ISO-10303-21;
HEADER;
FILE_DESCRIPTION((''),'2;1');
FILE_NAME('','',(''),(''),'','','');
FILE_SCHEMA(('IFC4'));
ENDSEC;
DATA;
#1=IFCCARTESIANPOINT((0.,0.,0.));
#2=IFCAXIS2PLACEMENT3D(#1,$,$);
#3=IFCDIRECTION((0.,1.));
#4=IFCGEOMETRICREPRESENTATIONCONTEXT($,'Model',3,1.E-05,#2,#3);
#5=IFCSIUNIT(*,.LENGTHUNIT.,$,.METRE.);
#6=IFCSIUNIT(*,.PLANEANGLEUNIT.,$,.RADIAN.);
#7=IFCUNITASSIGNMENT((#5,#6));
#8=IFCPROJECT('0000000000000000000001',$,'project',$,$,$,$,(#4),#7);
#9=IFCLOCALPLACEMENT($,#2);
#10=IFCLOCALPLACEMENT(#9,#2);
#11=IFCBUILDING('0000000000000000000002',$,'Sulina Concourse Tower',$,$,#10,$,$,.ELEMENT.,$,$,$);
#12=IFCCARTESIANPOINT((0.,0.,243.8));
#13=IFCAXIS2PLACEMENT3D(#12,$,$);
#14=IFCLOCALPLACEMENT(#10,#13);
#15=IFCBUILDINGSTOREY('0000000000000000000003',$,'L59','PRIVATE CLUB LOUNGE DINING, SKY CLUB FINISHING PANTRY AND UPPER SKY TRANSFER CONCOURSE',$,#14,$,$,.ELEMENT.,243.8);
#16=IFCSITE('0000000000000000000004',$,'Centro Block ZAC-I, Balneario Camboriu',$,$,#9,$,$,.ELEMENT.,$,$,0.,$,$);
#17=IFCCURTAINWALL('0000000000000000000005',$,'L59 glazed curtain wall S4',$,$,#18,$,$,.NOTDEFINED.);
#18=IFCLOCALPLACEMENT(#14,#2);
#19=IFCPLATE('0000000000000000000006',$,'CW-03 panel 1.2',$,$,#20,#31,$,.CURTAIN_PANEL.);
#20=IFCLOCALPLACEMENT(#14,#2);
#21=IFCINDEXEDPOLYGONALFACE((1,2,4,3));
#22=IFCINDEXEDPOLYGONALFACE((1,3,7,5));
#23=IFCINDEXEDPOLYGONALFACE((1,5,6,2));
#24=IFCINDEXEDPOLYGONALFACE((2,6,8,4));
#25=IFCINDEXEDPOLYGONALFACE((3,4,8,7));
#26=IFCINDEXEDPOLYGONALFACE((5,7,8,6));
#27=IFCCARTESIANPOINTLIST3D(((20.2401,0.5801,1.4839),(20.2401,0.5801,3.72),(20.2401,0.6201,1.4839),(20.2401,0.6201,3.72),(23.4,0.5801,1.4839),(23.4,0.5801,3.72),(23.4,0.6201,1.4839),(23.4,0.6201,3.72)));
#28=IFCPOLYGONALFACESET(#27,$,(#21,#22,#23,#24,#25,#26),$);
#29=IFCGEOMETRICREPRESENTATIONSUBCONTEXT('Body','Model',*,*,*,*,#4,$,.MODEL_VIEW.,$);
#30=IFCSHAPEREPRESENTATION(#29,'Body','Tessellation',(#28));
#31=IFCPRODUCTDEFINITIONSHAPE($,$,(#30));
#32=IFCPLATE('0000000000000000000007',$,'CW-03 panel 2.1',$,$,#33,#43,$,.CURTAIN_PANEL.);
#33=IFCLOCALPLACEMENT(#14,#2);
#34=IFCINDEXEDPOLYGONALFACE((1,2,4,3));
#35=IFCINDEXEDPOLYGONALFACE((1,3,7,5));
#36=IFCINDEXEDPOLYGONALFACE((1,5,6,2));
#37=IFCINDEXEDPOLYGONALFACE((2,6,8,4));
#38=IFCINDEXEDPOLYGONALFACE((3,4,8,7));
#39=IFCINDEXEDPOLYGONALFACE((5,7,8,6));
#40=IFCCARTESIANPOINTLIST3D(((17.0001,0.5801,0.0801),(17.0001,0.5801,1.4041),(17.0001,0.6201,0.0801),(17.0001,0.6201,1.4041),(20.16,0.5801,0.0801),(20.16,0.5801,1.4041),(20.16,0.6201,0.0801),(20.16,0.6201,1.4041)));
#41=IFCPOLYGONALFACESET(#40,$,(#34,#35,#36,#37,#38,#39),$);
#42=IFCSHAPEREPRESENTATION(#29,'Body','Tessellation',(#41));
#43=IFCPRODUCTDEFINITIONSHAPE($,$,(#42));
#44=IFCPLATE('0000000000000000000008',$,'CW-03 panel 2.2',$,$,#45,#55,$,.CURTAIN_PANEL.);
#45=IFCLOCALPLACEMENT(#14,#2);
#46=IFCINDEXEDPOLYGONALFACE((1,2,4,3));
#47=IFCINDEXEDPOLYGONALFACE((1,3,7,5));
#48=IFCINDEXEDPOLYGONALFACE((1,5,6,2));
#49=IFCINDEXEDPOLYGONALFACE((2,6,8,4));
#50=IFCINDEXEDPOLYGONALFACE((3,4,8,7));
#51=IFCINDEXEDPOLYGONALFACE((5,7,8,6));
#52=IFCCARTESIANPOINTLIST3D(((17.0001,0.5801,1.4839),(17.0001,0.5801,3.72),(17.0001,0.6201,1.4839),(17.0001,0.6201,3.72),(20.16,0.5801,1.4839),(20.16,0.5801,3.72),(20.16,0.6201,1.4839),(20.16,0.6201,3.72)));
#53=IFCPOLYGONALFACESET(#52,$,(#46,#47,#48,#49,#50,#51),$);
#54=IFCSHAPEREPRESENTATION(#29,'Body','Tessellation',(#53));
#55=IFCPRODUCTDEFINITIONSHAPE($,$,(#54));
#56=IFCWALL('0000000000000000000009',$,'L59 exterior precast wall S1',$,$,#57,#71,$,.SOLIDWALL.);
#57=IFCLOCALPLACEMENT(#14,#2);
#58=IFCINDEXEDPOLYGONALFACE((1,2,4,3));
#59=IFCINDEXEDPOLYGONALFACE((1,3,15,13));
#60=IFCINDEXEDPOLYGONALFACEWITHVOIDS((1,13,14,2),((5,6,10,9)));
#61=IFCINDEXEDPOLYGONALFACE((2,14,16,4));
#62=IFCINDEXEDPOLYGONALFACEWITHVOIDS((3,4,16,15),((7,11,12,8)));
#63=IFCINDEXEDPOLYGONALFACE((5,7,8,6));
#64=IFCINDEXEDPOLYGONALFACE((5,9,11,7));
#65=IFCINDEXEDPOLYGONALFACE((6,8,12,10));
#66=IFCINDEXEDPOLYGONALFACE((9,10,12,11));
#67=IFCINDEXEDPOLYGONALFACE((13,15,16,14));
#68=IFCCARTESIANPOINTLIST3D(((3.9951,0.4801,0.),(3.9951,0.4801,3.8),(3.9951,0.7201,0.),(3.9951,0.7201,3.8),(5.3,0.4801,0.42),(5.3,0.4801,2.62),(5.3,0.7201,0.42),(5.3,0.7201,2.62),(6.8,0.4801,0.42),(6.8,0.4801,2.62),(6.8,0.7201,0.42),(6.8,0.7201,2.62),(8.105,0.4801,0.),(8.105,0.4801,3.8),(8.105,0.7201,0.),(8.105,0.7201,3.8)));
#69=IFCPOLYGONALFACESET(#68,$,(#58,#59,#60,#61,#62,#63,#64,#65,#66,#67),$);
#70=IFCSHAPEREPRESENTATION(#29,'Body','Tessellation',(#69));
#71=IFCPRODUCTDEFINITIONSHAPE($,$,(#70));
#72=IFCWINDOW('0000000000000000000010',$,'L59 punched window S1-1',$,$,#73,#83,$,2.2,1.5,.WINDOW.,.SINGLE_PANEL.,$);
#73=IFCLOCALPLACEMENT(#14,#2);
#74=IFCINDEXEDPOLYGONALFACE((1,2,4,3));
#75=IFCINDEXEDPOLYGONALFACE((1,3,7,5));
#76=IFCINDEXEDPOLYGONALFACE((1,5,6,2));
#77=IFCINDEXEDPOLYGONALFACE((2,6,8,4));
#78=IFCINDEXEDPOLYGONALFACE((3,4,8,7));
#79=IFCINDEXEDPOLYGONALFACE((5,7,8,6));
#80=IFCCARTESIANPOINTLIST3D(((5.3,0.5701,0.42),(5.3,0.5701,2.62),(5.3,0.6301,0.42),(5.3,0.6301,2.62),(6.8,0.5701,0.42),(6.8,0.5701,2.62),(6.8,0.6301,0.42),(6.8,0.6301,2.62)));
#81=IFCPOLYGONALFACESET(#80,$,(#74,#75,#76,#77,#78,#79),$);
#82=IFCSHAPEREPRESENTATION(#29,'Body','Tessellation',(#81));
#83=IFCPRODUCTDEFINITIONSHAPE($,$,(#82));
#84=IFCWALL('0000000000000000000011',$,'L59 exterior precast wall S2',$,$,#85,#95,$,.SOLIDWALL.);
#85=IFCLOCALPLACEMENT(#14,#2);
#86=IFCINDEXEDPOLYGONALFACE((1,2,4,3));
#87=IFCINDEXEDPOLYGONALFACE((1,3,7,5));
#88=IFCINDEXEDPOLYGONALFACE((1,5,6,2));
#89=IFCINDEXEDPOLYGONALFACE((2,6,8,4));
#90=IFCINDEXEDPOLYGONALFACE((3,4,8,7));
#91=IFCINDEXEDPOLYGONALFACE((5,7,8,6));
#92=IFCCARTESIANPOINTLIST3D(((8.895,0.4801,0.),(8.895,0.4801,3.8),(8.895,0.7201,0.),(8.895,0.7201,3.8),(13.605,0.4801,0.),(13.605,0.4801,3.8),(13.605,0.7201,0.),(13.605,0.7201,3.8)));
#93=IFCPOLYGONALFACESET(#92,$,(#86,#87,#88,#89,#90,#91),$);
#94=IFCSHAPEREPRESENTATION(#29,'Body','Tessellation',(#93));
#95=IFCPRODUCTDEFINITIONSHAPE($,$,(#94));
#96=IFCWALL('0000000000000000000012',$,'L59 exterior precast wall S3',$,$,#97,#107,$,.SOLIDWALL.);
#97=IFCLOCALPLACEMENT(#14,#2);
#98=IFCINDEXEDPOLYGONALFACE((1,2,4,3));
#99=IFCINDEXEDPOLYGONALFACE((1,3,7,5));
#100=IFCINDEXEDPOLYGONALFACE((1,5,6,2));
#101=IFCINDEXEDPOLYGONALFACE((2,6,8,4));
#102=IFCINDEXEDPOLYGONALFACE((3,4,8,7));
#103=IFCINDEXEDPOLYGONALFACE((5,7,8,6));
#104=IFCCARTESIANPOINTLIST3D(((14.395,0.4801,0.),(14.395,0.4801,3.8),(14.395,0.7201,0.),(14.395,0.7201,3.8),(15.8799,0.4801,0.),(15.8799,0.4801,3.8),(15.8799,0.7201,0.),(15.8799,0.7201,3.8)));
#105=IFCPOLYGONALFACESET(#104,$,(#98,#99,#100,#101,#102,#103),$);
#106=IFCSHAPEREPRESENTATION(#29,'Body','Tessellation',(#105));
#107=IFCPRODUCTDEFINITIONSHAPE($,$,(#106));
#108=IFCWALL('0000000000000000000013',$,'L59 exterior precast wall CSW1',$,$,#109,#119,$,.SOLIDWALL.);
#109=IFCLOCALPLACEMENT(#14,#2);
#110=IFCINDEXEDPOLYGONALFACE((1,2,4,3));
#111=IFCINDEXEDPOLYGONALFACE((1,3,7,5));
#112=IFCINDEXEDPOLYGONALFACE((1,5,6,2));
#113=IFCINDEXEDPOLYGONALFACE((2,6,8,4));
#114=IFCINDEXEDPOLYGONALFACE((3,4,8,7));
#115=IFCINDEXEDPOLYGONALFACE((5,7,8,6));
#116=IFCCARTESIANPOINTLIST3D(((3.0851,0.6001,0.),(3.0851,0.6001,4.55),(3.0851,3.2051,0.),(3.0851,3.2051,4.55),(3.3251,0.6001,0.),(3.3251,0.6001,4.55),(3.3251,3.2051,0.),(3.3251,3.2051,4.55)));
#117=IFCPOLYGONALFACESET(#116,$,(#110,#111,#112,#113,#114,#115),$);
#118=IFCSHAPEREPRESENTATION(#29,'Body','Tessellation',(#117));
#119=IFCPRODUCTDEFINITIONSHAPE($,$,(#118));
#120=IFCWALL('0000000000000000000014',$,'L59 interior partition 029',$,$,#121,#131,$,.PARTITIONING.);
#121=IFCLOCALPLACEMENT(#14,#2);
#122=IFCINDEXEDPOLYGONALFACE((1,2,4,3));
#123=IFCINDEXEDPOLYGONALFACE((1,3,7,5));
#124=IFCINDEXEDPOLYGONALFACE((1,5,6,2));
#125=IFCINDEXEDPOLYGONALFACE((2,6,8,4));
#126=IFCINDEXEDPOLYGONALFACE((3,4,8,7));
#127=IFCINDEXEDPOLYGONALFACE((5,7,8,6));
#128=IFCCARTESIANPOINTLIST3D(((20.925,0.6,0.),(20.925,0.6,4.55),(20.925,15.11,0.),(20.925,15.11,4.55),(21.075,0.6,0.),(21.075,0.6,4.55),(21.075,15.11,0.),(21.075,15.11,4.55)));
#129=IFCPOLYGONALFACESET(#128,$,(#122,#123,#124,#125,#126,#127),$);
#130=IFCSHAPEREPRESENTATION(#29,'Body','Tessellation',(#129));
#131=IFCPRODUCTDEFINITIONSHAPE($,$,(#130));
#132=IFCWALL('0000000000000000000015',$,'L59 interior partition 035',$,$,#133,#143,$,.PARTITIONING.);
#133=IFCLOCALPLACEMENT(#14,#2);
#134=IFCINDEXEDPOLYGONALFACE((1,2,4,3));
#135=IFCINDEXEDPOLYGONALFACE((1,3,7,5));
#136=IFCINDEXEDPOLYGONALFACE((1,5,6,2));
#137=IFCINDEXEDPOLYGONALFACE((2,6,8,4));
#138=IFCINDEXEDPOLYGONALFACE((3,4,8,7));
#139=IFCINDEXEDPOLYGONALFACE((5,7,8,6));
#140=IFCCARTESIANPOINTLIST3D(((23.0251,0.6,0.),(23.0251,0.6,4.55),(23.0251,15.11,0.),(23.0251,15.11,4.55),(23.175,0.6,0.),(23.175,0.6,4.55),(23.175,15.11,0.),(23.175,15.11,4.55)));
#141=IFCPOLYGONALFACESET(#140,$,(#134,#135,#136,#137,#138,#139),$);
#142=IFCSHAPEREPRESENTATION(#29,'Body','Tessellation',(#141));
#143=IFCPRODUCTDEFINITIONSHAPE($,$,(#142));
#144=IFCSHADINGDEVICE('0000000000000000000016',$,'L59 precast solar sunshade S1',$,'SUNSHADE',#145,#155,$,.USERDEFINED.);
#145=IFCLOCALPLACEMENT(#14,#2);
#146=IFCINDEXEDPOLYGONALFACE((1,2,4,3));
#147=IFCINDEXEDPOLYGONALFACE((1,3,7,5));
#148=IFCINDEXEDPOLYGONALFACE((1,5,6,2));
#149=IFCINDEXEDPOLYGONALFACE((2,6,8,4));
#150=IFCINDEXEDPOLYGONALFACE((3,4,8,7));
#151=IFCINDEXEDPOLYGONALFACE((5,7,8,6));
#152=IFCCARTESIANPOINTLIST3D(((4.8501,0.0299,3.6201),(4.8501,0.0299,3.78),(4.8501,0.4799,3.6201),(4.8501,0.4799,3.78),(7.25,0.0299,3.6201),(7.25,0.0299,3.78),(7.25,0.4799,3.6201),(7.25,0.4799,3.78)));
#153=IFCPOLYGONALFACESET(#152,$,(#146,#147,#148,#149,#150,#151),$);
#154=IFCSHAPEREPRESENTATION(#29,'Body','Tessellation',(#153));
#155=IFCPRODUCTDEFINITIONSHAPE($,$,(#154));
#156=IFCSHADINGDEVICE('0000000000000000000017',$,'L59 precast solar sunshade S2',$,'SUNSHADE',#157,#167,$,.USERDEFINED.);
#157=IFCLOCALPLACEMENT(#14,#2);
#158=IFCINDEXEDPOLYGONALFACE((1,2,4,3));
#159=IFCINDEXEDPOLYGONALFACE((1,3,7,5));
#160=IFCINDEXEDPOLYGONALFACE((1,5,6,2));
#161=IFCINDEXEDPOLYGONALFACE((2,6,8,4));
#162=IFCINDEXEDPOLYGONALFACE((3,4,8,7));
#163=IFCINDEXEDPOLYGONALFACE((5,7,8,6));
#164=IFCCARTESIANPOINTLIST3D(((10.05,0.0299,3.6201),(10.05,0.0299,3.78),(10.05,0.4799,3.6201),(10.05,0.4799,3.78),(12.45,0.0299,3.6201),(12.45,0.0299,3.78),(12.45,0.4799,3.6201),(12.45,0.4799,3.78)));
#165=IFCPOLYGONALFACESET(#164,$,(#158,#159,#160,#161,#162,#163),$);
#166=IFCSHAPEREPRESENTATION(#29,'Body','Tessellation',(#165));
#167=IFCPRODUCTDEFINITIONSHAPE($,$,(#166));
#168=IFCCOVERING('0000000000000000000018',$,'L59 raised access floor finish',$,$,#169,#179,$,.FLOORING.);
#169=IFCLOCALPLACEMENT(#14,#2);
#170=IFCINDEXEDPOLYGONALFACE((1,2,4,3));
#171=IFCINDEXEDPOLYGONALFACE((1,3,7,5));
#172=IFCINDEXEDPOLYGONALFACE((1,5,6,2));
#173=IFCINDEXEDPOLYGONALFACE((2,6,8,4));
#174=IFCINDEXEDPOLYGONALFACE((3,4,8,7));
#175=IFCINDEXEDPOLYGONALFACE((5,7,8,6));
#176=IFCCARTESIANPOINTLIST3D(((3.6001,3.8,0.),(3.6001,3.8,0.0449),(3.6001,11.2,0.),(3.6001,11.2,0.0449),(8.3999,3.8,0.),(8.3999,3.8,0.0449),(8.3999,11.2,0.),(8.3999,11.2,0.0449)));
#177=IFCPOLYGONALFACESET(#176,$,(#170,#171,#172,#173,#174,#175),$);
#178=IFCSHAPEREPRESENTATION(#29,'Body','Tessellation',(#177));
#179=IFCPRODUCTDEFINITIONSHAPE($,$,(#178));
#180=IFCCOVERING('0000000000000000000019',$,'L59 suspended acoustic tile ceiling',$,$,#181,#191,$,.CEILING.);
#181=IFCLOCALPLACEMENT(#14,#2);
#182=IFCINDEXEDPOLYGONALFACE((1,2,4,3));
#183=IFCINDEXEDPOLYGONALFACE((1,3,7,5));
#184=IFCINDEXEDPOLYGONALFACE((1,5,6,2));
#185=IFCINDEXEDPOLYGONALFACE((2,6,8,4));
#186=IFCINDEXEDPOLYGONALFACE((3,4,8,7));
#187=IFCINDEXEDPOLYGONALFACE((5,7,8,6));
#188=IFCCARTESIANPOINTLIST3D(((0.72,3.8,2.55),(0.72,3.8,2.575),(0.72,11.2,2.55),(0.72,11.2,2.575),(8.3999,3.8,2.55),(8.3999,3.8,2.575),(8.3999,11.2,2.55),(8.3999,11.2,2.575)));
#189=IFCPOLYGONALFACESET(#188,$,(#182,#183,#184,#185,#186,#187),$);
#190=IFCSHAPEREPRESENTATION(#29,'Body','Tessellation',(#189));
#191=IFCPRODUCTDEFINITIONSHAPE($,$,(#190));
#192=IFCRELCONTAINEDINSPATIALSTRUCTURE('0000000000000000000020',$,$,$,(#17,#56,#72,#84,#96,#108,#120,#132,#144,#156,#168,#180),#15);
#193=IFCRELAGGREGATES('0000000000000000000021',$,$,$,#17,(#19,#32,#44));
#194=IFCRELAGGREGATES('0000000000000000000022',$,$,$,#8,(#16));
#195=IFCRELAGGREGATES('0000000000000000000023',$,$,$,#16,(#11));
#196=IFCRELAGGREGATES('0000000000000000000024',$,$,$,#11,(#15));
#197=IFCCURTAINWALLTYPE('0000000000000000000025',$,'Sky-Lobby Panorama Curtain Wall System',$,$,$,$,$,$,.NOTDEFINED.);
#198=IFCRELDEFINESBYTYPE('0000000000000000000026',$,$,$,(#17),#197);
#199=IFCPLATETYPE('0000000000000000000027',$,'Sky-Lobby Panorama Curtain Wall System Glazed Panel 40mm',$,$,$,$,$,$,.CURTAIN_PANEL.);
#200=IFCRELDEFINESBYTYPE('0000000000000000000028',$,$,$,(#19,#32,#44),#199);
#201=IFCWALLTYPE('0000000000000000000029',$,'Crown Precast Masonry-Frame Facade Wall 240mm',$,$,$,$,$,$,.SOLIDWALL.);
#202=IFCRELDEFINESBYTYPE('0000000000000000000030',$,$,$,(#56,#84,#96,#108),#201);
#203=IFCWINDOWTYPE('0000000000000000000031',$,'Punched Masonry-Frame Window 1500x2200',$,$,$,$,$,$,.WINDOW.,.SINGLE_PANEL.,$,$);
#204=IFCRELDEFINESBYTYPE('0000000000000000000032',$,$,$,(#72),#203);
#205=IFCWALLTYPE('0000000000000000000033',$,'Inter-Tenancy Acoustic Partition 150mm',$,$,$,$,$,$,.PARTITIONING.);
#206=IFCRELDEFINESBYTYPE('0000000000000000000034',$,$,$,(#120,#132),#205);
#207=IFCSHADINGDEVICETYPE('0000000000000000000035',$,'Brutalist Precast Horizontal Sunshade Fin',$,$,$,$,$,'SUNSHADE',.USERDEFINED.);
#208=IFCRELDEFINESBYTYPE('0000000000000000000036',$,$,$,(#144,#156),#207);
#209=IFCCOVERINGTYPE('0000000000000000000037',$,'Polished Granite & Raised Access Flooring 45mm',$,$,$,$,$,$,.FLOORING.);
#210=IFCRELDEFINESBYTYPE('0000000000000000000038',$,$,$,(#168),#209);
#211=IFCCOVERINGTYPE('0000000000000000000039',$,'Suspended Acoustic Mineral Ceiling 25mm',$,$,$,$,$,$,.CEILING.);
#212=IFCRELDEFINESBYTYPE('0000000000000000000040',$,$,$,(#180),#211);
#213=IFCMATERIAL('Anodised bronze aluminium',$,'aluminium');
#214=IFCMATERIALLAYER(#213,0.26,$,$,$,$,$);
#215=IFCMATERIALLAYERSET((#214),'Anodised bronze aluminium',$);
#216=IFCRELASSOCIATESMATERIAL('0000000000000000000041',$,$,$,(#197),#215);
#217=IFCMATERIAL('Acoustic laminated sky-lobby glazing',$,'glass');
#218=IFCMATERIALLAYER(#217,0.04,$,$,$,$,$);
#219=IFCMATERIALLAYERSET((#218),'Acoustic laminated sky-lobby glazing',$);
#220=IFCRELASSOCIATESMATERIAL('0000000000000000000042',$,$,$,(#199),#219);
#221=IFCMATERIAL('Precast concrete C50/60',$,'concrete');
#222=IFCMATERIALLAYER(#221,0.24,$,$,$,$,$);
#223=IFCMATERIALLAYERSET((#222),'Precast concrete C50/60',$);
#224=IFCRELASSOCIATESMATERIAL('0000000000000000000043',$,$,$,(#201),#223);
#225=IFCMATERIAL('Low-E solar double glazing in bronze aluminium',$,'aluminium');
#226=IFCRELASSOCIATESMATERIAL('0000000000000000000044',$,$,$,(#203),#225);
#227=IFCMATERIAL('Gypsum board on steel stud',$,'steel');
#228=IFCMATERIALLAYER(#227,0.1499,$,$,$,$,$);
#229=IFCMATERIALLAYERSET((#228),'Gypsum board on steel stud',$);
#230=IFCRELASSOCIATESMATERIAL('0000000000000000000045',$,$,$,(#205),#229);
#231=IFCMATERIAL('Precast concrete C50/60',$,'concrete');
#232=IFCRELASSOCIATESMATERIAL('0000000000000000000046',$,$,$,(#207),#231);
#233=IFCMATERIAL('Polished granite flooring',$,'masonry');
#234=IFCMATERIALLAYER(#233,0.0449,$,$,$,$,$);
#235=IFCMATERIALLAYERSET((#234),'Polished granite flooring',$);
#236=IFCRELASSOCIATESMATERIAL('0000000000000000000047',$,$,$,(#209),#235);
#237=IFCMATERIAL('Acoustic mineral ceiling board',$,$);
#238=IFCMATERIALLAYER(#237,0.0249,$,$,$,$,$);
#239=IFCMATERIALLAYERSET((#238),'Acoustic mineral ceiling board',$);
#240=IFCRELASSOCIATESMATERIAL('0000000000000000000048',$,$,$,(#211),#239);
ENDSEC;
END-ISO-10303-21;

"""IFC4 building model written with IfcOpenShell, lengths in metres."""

from ifc_helpers import new_model, si_unit, direction, frame, frame_2d, origin, origin_2d, place, context, subcontext, project, spatial, polyline, rectangle, outline, extrude, material, layer, layer_set, type_object, element, fill, aggregate, save


model = new_model("IFC4")

# Units and contexts
model_context = context("Model", 3, precision=1e-05, world=origin(), true_north=direction((0.0, 1.0)))
body_context = subcontext(model_context, "Body", "Model", "MODEL_VIEW")
ifc_project = project(units=[si_unit("LENGTHUNIT", "METRE"), si_unit("PLANEANGLEUNIT", "RADIAN")], contexts=[model_context])

# Site, building, storey
site_placement = place(None, origin())
site = spatial("IfcSite", under=ifc_project, at=site_placement, Name="Centro Block ZAC-I, Balneario Camboriu", CompositionType="ELEMENT", RefElevation=0.0)
building_placement = place(site_placement, origin())
building = spatial("IfcBuilding", under=site, at=building_placement, Name="Sulina Concourse Tower", CompositionType="ELEMENT")
storey_placement = place(building_placement, frame((0.0, 0.0, 243.8)))
storey = spatial("IfcBuildingStorey", under=building, at=storey_placement, Name="L59", Description="PRIVATE CLUB LOUNGE DINING, SKY CLUB FINISHING PANTRY AND UPPER SKY TRANSFER CONCOURSE", CompositionType="ELEMENT", Elevation=243.8)

# Curtain wall
ifc_material_1 = material(Name="Anodised bronze aluminium", Category="aluminium")
ifc_layer_1 = layer(ifc_material_1, 0.26)
ifc_layer_set_1 = layer_set([ifc_layer_1], Name="Anodised bronze aluminium")
curtain_wall_type = type_object("IfcCurtainWallType", Name="Sky-Lobby Panorama Curtain Wall System", PredefinedType="NOTDEFINED", material=ifc_layer_set_1)
curtain_wall_placement = place(storey_placement, origin())
curtain_wall = element("IfcCurtainWall", 1, at=curtain_wall_placement, inside=storey, type_object=curtain_wall_type, Name="L59 glazed curtain wall S4", PredefinedType="NOTDEFINED")

# Plates
ifc_material_2 = material(Name="Acoustic laminated sky-lobby glazing", Category="glass")
ifc_layer_2 = layer(ifc_material_2, 0.04)
ifc_layer_set_2 = layer_set([ifc_layer_2], Name="Acoustic laminated sky-lobby glazing")
plate_type = type_object("IfcPlateType", Name="Sky-Lobby Panorama Curtain Wall System Glazed Panel 40mm", PredefinedType="CURTAIN_PANEL", material=ifc_layer_set_2)
plate_1_placement = place(storey_placement, frame((21.8201, 0.6001, 1.4839), z_axis=(0.0, 0.0, 1.0), x_axis=(-1.0, 0.0, 0.0)))
plate_1 = element("IfcPlate", 2, at=plate_1_placement, type_object=plate_type, Name="CW-03 panel 1.2", PredefinedType="CURTAIN_PANEL", context=body_context, shape_type="SweptSolid", body=[
    extrude(rectangle(XDim=3.1599, YDim=0.04, at=origin_2d()), origin(), (0.0, 0.0, 1.0), 2.2361),
])
plate_2_placement = place(storey_placement, frame((18.5801, 0.6001, 0.0801), z_axis=(0.0, 0.0, 1.0), x_axis=(-1.0, 0.0, 0.0)))
plate_2 = element("IfcPlate", 3, at=plate_2_placement, type_object=plate_type, Name="CW-03 panel 2.1", PredefinedType="CURTAIN_PANEL", context=body_context, shape_type="SweptSolid", body=[
    extrude(rectangle(XDim=3.1599, YDim=0.04, at=origin_2d()), origin(), (0.0, 0.0, 1.0), 1.324),
])
plate_3_placement = place(storey_placement, frame((18.5801, 0.6001, 1.4839), z_axis=(0.0, 0.0, 1.0), x_axis=(-1.0, 0.0, 0.0)))
plate_3 = element("IfcPlate", 4, at=plate_3_placement, type_object=plate_type, Name="CW-03 panel 2.2", PredefinedType="CURTAIN_PANEL", context=body_context, shape_type="SweptSolid", body=[
    extrude(rectangle(XDim=3.1599, YDim=0.04, at=origin_2d()), origin(), (0.0, 0.0, 1.0), 2.2361),
])
aggregate(curtain_wall, [plate_1, plate_2, plate_3])

# Wall, opening, window
ifc_material_3 = material(Name="Precast concrete C50/60", Category="concrete")
ifc_layer_3 = layer(ifc_material_3, 0.24)
ifc_layer_set_3 = layer_set([ifc_layer_3], Name="Precast concrete C50/60")
wall_type_1 = type_object("IfcWallType", Name="Crown Precast Masonry-Frame Facade Wall 240mm", PredefinedType="SOLIDWALL", material=ifc_layer_set_3)
wall_1_placement = place(storey_placement, frame((8.105, 0.6001, 0.0), z_axis=(0.0, 0.0, 1.0), x_axis=(-1.0, 0.0, 0.0)))
wall_1 = element("IfcWall", 5, at=wall_1_placement, inside=storey, type_object=wall_type_1, Name="L59 exterior precast wall S1", PredefinedType="SOLIDWALL", context=body_context, shape_type="SweptSolid", body=[
    extrude(rectangle(XDim=4.1099, YDim=0.24, at=frame_2d((2.0549, 0.0))), origin(), (0.0, 0.0, 1.0), 3.8),
])
opening_placement = place(wall_1_placement, frame((1.3049, 0.0, 0.4199)))
opening = element("IfcOpeningElement", 6, at=opening_placement, cuts=wall_1, PredefinedType="OPENING", context=body_context, shape_type="SweptSolid", body=[
    extrude(rectangle(XDim=1.5, YDim=2.2, at=frame_2d((0.75, 1.1001))), frame((0.0, 0.1299, 0.0), z_axis=(0.0, -1.0, 0.0), x_axis=(1.0, 0.0, 0.0)), (0.0, 0.0, 1.0), 0.26),
])
ifc_material_4 = material(Name="Low-E solar double glazing in bronze aluminium", Category="aluminium")
window_type = type_object("IfcWindowType", Name="Punched Masonry-Frame Window 1500x2200", PartitioningType="SINGLE_PANEL", PredefinedType="WINDOW", material=ifc_material_4)
window_placement = place(opening_placement, origin())
window = element("IfcWindow", 7, at=window_placement, inside=storey, type_object=window_type, Name="L59 punched window S1-1", OverallHeight=2.2, OverallWidth=1.5, PartitioningType="SINGLE_PANEL", PredefinedType="WINDOW", context=body_context, shape_type="SweptSolid", body=[
    extrude(rectangle(XDim=1.5, YDim=2.2, at=frame_2d((0.75, 1.1001))), frame((0.0, 0.03, 0.0), z_axis=(0.0, -1.0, 0.0), x_axis=(1.0, 0.0, 0.0)), (0.0, 0.0, 1.0), 0.0601),
])
fill(opening, window)

# Walls
wall_2_placement = place(storey_placement, frame((13.605, 0.6001, 0.0), z_axis=(0.0, 0.0, 1.0), x_axis=(-1.0, 0.0, 0.0)))
element("IfcWall", 8, at=wall_2_placement, inside=storey, type_object=wall_type_1, Name="L59 exterior precast wall S2", PredefinedType="SOLIDWALL", context=body_context, shape_type="SweptSolid", body=[
    extrude(rectangle(XDim=4.71, YDim=0.24, at=frame_2d((2.355, 0.0))), origin(), (0.0, 0.0, 1.0), 3.8),
])
wall_3_placement = place(storey_placement, frame((15.8799, 0.6001, 0.0), z_axis=(0.0, 0.0, 1.0), x_axis=(-1.0, 0.0, 0.0)))
element("IfcWall", 9, at=wall_3_placement, inside=storey, type_object=wall_type_1, Name="L59 exterior precast wall S3", PredefinedType="SOLIDWALL", context=body_context, shape_type="SweptSolid", body=[
    extrude(rectangle(XDim=1.4849, YDim=0.24, at=frame_2d((0.7424, 0.0))), origin(), (0.0, 0.0, 1.0), 3.8),
])
wall_4_placement = place(storey_placement, frame((3.2051, 0.6001, 0.0), z_axis=(0.0, 0.0, 1.0), x_axis=(0.0, 1.0, 0.0)))
element("IfcWall", 10, at=wall_4_placement, inside=storey, type_object=wall_type_1, Name="L59 exterior precast wall CSW1", PredefinedType="SOLIDWALL", context=body_context, shape_type="SweptSolid", body=[
    extrude(rectangle(XDim=2.605, YDim=0.24, at=frame_2d((1.3025, 0.0))), origin(), (0.0, 0.0, 1.0), 4.55),
])
ifc_material_5 = material(Name="Gypsum board on steel stud", Category="steel")
ifc_layer_4 = layer(ifc_material_5, 0.1499)
ifc_layer_set_4 = layer_set([ifc_layer_4], Name="Gypsum board on steel stud")
wall_type_2 = type_object("IfcWallType", Name="Inter-Tenancy Acoustic Partition 150mm", PredefinedType="PARTITIONING", material=ifc_layer_set_4)
for number, where, z_axis, x_axis, name in (
    (11, (21.0, 0.6001, 0.0), (0.0, 0.0, 1.0), (0.0, 1.0, 0.0), "L59 interior partition 029"),
    (12, (23.1001, 0.6001, 0.0), (0.0, 0.0, 1.0), (0.0, 1.0, 0.0), "L59 interior partition 035"),
):
    element("IfcWall", number, at=place(storey_placement, frame(where, z_axis=z_axis, x_axis=x_axis)), inside=storey, type_object=wall_type_2, Name=name, PredefinedType="PARTITIONING", context=body_context, shape_type="SweptSolid", body=[
        extrude(rectangle(XDim=14.51, YDim=0.1499, at=frame_2d((7.2549, 0.0))), origin(), (0.0, 0.0, 1.0), 4.55),
    ])

# Shading devices
ifc_material_6 = material(Name="Precast concrete C50/60", Category="concrete")
shading_device_type = type_object("IfcShadingDeviceType", Name="Brutalist Precast Horizontal Sunshade Fin", ElementType="SUNSHADE", PredefinedType="USERDEFINED", material=ifc_material_6)
for number, where, z_axis, x_axis, name in (
    (13, (6.05, 0.2549, 3.6201), (0.0, 0.0, 1.0), (1.0, 0.0, 0.0), "L59 precast solar sunshade S1"),
    (14, (11.25, 0.2549, 3.6201), (0.0, 0.0, 1.0), (1.0, 0.0, 0.0), "L59 precast solar sunshade S2"),
):
    element("IfcShadingDevice", number, at=place(storey_placement, frame(where, z_axis=z_axis, x_axis=x_axis)), inside=storey, type_object=shading_device_type, Name=name, ObjectType="SUNSHADE", PredefinedType="USERDEFINED", context=body_context, shape_type="SweptSolid", body=[
        extrude(rectangle(XDim=2.3999, YDim=0.45, at=origin_2d()), origin(), (0.0, 0.0, 1.0), 0.1599),
    ])

# Coverings
ifc_material_7 = material(Name="Polished granite flooring", Category="masonry")
ifc_layer_5 = layer(ifc_material_7, 0.0449)
ifc_layer_set_5 = layer_set([ifc_layer_5], Name="Polished granite flooring")
covering_type_1 = type_object("IfcCoveringType", Name="Polished Granite & Raised Access Flooring 45mm", PredefinedType="FLOORING", material=ifc_layer_set_5)
covering_1_placement = place(storey_placement, origin())
element("IfcCovering", 15, at=covering_1_placement, inside=storey, type_object=covering_type_1, Name="L59 raised access floor finish", PredefinedType="FLOORING", context=body_context, shape_type="SweptSolid", body=[
    extrude(outline(polyline([(3.6001, 3.8), (8.3999, 3.8), (8.3999, 11.2), (3.6001, 11.2), (3.6001, 3.8)])), origin(), (0.0, 0.0, 1.0), 0.0449),
])
ifc_material_8 = material(Name="Acoustic mineral ceiling board")
ifc_layer_6 = layer(ifc_material_8, 0.0249)
ifc_layer_set_6 = layer_set([ifc_layer_6], Name="Acoustic mineral ceiling board")
covering_type_2 = type_object("IfcCoveringType", Name="Suspended Acoustic Mineral Ceiling 25mm", PredefinedType="CEILING", material=ifc_layer_set_6)
covering_2_placement = place(storey_placement, frame((0.0, 0.0, 2.55)))
element("IfcCovering", 16, at=covering_2_placement, inside=storey, type_object=covering_type_2, Name="L59 suspended acoustic tile ceiling", PredefinedType="CEILING", context=body_context, shape_type="SweptSolid", body=[
    extrude(outline(polyline([(0.72, 3.8), (8.3999, 3.8), (8.3999, 11.2), (0.72, 11.2), (0.72, 3.8)])), origin(), (0.0, 0.0, 1.0), 0.0249),
])

save(model, "model.ifc")
